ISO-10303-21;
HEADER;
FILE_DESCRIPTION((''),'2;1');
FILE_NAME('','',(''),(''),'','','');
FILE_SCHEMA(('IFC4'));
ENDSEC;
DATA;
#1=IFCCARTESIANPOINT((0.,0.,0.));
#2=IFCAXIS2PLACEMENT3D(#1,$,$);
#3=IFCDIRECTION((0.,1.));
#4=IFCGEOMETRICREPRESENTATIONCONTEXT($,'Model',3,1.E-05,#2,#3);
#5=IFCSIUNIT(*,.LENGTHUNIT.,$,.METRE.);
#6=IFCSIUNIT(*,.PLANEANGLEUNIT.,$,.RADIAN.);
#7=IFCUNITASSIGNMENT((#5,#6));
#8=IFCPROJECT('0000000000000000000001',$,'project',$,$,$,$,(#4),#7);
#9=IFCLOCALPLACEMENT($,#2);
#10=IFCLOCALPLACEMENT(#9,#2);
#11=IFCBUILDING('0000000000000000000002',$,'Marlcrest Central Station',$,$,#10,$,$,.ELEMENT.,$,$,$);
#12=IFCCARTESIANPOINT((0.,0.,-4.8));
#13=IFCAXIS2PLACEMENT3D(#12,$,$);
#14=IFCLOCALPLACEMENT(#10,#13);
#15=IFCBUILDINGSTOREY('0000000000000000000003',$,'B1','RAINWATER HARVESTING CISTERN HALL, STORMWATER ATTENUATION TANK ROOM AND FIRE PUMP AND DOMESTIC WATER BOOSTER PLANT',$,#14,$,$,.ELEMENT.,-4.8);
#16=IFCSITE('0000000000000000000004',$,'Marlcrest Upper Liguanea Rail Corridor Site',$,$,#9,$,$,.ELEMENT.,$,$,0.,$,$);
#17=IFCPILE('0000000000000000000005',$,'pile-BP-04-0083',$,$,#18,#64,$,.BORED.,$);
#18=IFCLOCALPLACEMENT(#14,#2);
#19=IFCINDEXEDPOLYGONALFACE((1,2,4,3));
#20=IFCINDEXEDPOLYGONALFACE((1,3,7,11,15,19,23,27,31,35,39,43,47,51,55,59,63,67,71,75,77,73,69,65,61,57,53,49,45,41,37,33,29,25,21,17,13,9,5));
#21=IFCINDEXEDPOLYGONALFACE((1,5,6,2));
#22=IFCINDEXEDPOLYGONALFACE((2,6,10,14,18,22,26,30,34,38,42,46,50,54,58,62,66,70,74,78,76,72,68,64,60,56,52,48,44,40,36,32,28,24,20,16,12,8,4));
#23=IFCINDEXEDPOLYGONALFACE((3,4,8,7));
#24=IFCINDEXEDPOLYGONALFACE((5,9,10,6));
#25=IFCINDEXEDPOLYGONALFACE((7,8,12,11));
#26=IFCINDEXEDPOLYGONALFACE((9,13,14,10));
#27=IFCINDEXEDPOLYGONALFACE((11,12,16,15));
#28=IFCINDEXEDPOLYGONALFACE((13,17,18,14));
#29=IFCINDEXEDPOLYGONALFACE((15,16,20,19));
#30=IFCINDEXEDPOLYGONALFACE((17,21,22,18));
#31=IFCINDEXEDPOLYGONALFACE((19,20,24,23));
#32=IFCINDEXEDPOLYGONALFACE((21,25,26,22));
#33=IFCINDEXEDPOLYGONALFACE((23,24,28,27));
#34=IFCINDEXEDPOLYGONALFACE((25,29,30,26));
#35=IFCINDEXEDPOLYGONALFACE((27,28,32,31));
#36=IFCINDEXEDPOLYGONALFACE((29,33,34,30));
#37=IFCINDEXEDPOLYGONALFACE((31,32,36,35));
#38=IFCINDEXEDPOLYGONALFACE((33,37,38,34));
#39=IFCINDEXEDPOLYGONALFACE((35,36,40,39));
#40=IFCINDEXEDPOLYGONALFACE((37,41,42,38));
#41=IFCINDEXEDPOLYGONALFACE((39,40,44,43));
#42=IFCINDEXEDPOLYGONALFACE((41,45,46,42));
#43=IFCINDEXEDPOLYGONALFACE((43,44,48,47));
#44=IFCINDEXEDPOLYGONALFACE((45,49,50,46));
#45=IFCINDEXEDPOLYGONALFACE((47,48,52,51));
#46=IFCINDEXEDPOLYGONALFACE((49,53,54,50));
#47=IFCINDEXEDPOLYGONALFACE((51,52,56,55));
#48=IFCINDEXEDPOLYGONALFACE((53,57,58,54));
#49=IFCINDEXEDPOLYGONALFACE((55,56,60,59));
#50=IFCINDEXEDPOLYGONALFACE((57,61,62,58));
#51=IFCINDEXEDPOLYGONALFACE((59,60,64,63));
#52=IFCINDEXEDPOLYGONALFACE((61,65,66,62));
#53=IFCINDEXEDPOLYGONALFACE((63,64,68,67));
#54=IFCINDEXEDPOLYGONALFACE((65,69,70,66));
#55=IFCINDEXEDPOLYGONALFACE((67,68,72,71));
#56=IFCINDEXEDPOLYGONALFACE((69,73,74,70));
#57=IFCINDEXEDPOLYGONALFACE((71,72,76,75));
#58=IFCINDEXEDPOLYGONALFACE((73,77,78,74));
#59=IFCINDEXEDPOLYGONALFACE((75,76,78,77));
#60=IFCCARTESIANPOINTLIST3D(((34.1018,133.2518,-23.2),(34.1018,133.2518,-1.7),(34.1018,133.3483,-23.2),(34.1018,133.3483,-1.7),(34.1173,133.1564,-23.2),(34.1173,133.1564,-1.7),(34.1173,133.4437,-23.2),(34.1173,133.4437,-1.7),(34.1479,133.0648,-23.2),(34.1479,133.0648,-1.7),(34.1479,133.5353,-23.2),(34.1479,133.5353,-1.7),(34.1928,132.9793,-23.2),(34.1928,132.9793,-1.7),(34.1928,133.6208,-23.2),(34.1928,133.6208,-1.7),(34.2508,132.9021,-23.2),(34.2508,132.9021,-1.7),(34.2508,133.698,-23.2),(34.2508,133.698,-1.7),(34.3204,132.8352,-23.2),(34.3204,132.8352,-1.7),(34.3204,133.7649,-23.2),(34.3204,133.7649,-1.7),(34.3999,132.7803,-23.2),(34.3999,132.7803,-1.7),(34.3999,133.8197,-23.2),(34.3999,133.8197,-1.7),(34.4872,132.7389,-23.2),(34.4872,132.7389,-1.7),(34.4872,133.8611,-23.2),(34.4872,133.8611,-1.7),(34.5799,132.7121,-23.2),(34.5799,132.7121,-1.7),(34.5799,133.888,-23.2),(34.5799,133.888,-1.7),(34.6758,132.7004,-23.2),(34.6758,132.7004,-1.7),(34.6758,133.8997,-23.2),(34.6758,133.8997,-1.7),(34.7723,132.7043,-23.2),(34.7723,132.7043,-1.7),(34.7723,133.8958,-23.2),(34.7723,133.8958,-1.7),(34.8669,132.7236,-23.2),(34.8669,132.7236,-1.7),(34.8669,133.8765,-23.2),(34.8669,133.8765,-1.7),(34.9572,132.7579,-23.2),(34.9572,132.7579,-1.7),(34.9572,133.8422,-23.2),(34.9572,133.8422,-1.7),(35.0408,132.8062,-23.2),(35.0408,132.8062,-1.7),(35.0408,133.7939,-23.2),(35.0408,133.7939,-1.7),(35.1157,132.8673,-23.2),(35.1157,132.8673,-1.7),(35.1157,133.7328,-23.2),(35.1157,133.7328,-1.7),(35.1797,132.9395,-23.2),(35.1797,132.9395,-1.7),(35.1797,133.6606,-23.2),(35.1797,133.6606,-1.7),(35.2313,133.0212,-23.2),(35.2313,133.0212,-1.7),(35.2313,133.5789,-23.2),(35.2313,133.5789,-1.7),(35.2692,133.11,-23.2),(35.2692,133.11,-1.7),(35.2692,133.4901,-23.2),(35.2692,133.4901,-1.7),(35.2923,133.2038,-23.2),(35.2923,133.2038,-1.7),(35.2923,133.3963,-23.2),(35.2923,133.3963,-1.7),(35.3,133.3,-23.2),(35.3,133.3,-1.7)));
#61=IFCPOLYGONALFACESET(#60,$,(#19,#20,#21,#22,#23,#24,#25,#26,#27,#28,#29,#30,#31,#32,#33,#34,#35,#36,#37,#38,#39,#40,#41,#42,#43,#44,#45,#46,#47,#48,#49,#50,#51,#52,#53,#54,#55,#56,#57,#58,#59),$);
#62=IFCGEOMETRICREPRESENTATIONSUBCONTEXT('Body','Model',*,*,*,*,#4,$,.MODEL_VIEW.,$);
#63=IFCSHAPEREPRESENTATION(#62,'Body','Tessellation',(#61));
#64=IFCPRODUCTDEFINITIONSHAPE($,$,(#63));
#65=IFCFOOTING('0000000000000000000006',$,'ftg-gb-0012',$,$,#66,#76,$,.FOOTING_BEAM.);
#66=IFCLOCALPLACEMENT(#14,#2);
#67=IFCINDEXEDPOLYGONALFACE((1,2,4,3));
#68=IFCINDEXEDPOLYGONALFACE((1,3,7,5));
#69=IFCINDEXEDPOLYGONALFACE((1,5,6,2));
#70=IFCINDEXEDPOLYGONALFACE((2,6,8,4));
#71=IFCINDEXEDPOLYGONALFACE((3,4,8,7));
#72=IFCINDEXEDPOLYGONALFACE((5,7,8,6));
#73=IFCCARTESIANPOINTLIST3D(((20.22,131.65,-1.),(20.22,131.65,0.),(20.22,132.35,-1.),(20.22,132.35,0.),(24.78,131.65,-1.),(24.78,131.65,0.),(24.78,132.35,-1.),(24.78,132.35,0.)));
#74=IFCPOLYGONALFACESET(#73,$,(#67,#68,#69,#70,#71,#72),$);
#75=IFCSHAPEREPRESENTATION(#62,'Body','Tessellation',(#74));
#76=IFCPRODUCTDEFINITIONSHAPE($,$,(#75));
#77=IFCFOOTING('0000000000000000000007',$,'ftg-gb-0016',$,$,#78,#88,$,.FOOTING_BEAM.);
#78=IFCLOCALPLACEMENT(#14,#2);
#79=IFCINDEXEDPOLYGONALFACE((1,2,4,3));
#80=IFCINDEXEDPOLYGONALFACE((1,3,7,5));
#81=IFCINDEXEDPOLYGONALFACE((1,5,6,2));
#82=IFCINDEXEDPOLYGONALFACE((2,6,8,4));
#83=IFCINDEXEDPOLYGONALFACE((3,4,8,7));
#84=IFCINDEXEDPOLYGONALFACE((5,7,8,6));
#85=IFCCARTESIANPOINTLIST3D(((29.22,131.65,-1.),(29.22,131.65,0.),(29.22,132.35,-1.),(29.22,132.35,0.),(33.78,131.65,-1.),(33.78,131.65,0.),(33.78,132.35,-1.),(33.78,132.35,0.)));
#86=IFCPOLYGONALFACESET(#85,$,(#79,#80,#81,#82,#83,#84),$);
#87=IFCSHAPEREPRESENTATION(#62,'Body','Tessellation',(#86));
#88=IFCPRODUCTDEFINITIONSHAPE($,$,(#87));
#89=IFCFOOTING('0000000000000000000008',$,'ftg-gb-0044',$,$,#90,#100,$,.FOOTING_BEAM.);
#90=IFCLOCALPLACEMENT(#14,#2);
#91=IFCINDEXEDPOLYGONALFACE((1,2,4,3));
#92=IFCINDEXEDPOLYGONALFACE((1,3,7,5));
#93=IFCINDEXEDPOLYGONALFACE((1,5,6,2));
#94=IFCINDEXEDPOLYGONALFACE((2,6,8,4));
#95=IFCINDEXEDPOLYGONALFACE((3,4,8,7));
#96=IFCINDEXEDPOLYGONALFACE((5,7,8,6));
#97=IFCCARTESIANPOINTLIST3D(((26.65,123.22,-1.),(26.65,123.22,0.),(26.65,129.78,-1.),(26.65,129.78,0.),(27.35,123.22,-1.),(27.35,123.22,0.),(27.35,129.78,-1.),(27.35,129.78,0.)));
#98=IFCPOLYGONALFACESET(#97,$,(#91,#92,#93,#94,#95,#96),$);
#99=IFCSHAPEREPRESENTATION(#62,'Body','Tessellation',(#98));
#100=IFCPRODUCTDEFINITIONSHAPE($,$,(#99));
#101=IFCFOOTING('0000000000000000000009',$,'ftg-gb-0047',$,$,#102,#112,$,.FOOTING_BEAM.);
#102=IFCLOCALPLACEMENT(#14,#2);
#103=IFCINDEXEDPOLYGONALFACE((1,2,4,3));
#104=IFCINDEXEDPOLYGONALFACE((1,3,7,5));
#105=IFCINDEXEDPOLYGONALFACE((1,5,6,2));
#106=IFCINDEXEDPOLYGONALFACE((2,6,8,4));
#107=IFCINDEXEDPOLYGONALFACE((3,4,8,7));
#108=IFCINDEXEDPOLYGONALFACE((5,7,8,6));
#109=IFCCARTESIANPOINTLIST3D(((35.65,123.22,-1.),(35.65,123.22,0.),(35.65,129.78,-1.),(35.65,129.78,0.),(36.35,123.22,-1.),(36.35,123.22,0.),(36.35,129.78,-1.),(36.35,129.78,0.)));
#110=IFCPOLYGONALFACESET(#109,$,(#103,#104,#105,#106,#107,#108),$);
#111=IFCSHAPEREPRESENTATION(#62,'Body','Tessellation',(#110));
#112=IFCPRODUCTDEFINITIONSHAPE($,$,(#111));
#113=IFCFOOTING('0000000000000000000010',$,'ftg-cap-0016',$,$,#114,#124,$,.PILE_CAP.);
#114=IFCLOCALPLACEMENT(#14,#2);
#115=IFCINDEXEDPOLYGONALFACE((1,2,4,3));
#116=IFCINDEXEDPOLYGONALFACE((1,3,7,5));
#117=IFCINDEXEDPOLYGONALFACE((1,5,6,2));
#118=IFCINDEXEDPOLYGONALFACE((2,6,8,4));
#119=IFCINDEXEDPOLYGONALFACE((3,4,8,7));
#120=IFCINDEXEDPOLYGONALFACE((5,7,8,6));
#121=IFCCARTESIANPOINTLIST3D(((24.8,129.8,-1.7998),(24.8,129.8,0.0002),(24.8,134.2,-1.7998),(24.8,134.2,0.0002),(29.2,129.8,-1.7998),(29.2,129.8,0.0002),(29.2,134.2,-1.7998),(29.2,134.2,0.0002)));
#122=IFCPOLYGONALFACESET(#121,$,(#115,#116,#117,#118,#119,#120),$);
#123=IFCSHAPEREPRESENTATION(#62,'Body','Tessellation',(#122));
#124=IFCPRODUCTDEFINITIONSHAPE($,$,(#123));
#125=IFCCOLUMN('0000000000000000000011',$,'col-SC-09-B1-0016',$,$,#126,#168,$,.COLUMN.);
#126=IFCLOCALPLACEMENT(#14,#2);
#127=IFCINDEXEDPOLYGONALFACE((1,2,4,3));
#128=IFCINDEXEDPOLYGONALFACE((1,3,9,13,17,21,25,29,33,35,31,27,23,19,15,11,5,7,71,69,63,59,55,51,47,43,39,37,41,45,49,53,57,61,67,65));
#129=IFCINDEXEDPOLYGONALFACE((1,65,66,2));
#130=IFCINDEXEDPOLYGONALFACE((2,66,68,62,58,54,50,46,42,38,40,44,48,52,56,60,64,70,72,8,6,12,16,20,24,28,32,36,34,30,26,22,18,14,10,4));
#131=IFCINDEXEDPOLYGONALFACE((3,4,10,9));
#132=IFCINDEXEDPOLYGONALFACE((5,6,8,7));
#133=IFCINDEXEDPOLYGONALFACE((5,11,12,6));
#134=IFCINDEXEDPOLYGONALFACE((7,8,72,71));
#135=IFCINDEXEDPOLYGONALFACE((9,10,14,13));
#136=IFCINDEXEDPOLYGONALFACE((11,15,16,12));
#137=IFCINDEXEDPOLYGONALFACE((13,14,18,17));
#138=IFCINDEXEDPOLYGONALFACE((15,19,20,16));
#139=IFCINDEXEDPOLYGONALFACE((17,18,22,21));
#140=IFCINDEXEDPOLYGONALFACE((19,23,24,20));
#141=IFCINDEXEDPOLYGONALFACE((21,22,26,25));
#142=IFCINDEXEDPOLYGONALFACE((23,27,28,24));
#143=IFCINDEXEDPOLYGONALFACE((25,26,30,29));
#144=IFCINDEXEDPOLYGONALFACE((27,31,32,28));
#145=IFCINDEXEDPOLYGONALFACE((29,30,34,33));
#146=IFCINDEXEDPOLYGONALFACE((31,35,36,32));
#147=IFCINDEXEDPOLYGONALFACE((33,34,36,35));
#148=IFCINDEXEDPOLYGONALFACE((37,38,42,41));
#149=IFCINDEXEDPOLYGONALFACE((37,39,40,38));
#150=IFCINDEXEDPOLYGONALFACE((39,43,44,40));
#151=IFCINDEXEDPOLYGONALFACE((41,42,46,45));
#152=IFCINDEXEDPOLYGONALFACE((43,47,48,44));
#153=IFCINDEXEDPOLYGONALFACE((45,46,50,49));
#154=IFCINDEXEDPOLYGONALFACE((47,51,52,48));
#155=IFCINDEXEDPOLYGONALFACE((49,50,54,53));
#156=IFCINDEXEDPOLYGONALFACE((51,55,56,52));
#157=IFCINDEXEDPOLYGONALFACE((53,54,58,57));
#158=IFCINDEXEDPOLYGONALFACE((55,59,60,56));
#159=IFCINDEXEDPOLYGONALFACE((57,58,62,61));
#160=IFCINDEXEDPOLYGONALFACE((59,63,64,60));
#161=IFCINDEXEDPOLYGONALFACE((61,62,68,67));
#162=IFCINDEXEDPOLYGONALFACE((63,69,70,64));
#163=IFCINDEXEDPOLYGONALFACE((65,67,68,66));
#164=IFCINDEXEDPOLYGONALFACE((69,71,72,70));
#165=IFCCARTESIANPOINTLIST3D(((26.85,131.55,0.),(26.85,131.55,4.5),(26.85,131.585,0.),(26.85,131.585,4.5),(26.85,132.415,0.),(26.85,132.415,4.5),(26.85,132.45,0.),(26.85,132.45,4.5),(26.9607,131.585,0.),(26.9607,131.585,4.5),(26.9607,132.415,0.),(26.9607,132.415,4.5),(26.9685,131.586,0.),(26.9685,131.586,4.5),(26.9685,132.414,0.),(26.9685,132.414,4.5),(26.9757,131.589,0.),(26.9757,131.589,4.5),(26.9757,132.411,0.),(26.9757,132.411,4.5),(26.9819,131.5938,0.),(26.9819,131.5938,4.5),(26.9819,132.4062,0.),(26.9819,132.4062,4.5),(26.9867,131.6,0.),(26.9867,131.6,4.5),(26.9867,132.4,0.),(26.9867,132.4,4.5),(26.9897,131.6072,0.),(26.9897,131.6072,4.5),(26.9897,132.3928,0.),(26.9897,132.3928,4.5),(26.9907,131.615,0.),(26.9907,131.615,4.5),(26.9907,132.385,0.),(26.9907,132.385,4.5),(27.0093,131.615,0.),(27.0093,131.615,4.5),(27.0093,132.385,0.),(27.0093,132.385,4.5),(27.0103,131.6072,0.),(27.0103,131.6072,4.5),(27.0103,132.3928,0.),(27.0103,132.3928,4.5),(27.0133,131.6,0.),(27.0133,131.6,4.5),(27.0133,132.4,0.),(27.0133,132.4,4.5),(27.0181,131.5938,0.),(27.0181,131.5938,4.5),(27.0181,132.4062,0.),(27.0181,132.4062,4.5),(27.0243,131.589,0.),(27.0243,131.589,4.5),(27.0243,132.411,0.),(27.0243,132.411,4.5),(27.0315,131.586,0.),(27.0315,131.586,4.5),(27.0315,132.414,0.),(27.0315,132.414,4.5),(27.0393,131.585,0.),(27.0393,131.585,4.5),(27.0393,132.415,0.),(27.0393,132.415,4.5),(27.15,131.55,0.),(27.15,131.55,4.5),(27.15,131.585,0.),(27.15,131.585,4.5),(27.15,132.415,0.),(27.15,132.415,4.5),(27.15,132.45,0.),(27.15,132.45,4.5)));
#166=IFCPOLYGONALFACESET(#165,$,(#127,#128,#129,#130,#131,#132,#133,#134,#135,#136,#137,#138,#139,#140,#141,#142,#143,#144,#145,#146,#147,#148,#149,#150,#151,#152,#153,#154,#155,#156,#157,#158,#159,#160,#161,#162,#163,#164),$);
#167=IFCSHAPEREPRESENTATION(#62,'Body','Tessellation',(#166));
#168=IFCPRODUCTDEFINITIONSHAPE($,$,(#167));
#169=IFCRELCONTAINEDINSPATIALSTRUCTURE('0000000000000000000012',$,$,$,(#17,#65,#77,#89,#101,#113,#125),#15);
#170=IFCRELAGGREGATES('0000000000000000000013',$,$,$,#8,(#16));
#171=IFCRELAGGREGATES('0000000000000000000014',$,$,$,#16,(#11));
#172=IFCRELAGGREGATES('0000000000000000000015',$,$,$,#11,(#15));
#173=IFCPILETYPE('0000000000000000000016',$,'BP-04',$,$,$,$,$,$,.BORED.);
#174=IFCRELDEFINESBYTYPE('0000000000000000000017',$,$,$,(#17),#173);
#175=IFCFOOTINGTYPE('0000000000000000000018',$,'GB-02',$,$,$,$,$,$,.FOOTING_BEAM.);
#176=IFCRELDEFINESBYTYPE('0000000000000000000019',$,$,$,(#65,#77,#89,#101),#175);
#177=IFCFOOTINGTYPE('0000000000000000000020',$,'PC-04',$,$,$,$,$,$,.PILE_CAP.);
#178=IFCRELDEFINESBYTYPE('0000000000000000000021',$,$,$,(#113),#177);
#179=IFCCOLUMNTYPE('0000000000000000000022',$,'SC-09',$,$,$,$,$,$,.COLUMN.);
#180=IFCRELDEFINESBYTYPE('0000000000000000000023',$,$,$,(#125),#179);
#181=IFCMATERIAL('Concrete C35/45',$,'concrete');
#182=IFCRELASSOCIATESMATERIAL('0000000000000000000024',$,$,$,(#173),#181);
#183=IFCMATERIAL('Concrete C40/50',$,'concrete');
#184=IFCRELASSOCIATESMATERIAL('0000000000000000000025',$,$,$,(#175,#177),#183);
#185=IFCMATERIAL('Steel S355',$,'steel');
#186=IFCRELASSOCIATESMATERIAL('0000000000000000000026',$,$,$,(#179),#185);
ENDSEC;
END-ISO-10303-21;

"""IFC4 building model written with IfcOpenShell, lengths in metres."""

from ifc_helpers import new_model, si_unit, direction, frame, origin, origin_2d, place, context, subcontext, project, spatial, rectangle, circle, i_section, extrude, material, material_profile, profile_set, type_object, element, save


model = new_model("IFC4")

# Units and contexts
model_context = context("Model", 3, precision=1e-05, world=origin(), true_north=direction((0.0, 1.0)))
body_context = subcontext(model_context, "Body", "Model", "MODEL_VIEW")
ifc_project = project(units=[si_unit("LENGTHUNIT", "METRE"), si_unit("PLANEANGLEUNIT", "RADIAN")], contexts=[model_context])

# Site, building, storey
site_placement = place(None, origin())
site = spatial("IfcSite", under=ifc_project, at=site_placement, Name="Marlcrest Upper Liguanea Rail Corridor Site", CompositionType="ELEMENT", RefElevation=0.0)
building_placement = place(site_placement, origin())
building = spatial("IfcBuilding", under=site, at=building_placement, Name="Marlcrest Central Station", CompositionType="ELEMENT")
storey_placement = place(building_placement, frame((0.0, 0.0, -4.8)))
storey = spatial("IfcBuildingStorey", under=building, at=storey_placement, Name="B1", Description="RAINWATER HARVESTING CISTERN HALL, STORMWATER ATTENUATION TANK ROOM AND FIRE PUMP AND DOMESTIC WATER BOOSTER PLANT", CompositionType="ELEMENT", Elevation=-4.8)

# Pile
ifc_material_1 = material(Name="Concrete C35/45", Category="concrete")
ifc_material_profile_1 = material_profile(ifc_material_1, circle(Radius=0.6001, at=origin_2d()), Name="PILE D1200")
ifc_profile_set_1 = profile_set([ifc_material_profile_1], Name="Concrete C35/45")
pile_type = type_object("IfcPileType", Name="BP-04", PredefinedType="BORED", material=ifc_profile_set_1)
for number, where, z_axis, x_axis, name in (
    (1, (34.7, 133.3, -1.7), (0.0, 0.0, -1.0), (1.0, 0.0, 0.0), "pile-BP-04-0083"),
):
    element("IfcPile", number, at=place(storey_placement, frame(where, z_axis=z_axis, x_axis=x_axis)), inside=storey, type_object=pile_type, Name=name, PredefinedType="BORED", context=body_context, shape_type="SweptSolid", body=[
        extrude(circle(Radius=0.6001, at=origin_2d()), origin(), (0.0, 0.0, 1.0), 21.5),
    ])

# Footings
ifc_material_2 = material(Name="Concrete C40/50", Category="concrete")
footing_type_1 = type_object("IfcFootingType", Name="GB-02", PredefinedType="FOOTING_BEAM", material=ifc_material_2)
for number, where, z_axis, x_axis, name in (
    (2, (22.5, 132.0, -1.0), (0.0, 0.0, 1.0), (1.0, 0.0, 0.0), "ftg-gb-0012"),
    (3, (31.5, 132.0, -1.0), (0.0, 0.0, 1.0), (1.0, 0.0, 0.0), "ftg-gb-0016"),
):
    element("IfcFooting", number, at=place(storey_placement, frame(where, z_axis=z_axis, x_axis=x_axis)), inside=storey, type_object=footing_type_1, Name=name, PredefinedType="FOOTING_BEAM", context=body_context, shape_type="SweptSolid", body=[
        extrude(rectangle(XDim=4.5601, YDim=0.7, at=origin_2d()), origin(), (0.0, 0.0, 1.0), 1.0),
    ])
for number, where, z_axis, x_axis, name in (
    (4, (27.0, 126.5, -1.0), (0.0, 0.0, 1.0), (1.0, 0.0, 0.0), "ftg-gb-0044"),
    (5, (36.0, 126.5, -1.0), (0.0, 0.0, 1.0), (1.0, 0.0, 0.0), "ftg-gb-0047"),
):
    element("IfcFooting", number, at=place(storey_placement, frame(where, z_axis=z_axis, x_axis=x_axis)), inside=storey, type_object=footing_type_1, Name=name, PredefinedType="FOOTING_BEAM", context=body_context, shape_type="SweptSolid", body=[
        extrude(rectangle(XDim=0.7, YDim=6.5601, at=origin_2d()), origin(), (0.0, 0.0, 1.0), 1.0),
    ])
footing_type_2 = type_object("IfcFootingType", Name="PC-04", PredefinedType="PILE_CAP", material=ifc_material_2)
footing_placement = place(storey_placement, frame((27.0, 132.0, -1.7998), z_axis=(0.0, 0.0, 1.0), x_axis=(1.0, 0.0, 0.0)))
element("IfcFooting", 6, at=footing_placement, inside=storey, type_object=footing_type_2, Name="ftg-cap-0016", PredefinedType="PILE_CAP", context=body_context, shape_type="SweptSolid", body=[
    extrude(rectangle(XDim=4.3999, YDim=4.3999, at=origin_2d()), origin(), (0.0, 0.0, 1.0), 1.8),
])

# Column
ifc_material_3 = material(Name="Steel S355", Category="steel")
ifc_material_profile_2 = material_profile(ifc_material_3, i_section(OverallWidth=0.3, OverallDepth=0.8999, WebThickness=0.0186, FlangeThickness=0.0349, FilletRadius=0.03, at=origin_2d()), Name="HEB 900")
ifc_profile_set_2 = profile_set([ifc_material_profile_2], Name="Steel S355")
column_type = type_object("IfcColumnType", Name="SC-09", PredefinedType="COLUMN", material=ifc_profile_set_2)
for number, where, z_axis, x_axis, name in (
    (7, (27.0, 132.0, 0.0), (0.0, 0.0, 1.0), (1.0, 0.0, 0.0), "col-SC-09-B1-0016"),
):
    element("IfcColumn", number, at=place(storey_placement, frame(where, z_axis=z_axis, x_axis=x_axis)), inside=storey, type_object=column_type, Name=name, PredefinedType="COLUMN", context=body_context, shape_type="SweptSolid", body=[
        extrude(i_section(OverallWidth=0.3, OverallDepth=0.8999, WebThickness=0.0186, FlangeThickness=0.0349, FilletRadius=0.03, at=origin_2d()), origin(), (0.0, 0.0, 1.0), 4.5),
    ])

save(model, "model.ifc")
